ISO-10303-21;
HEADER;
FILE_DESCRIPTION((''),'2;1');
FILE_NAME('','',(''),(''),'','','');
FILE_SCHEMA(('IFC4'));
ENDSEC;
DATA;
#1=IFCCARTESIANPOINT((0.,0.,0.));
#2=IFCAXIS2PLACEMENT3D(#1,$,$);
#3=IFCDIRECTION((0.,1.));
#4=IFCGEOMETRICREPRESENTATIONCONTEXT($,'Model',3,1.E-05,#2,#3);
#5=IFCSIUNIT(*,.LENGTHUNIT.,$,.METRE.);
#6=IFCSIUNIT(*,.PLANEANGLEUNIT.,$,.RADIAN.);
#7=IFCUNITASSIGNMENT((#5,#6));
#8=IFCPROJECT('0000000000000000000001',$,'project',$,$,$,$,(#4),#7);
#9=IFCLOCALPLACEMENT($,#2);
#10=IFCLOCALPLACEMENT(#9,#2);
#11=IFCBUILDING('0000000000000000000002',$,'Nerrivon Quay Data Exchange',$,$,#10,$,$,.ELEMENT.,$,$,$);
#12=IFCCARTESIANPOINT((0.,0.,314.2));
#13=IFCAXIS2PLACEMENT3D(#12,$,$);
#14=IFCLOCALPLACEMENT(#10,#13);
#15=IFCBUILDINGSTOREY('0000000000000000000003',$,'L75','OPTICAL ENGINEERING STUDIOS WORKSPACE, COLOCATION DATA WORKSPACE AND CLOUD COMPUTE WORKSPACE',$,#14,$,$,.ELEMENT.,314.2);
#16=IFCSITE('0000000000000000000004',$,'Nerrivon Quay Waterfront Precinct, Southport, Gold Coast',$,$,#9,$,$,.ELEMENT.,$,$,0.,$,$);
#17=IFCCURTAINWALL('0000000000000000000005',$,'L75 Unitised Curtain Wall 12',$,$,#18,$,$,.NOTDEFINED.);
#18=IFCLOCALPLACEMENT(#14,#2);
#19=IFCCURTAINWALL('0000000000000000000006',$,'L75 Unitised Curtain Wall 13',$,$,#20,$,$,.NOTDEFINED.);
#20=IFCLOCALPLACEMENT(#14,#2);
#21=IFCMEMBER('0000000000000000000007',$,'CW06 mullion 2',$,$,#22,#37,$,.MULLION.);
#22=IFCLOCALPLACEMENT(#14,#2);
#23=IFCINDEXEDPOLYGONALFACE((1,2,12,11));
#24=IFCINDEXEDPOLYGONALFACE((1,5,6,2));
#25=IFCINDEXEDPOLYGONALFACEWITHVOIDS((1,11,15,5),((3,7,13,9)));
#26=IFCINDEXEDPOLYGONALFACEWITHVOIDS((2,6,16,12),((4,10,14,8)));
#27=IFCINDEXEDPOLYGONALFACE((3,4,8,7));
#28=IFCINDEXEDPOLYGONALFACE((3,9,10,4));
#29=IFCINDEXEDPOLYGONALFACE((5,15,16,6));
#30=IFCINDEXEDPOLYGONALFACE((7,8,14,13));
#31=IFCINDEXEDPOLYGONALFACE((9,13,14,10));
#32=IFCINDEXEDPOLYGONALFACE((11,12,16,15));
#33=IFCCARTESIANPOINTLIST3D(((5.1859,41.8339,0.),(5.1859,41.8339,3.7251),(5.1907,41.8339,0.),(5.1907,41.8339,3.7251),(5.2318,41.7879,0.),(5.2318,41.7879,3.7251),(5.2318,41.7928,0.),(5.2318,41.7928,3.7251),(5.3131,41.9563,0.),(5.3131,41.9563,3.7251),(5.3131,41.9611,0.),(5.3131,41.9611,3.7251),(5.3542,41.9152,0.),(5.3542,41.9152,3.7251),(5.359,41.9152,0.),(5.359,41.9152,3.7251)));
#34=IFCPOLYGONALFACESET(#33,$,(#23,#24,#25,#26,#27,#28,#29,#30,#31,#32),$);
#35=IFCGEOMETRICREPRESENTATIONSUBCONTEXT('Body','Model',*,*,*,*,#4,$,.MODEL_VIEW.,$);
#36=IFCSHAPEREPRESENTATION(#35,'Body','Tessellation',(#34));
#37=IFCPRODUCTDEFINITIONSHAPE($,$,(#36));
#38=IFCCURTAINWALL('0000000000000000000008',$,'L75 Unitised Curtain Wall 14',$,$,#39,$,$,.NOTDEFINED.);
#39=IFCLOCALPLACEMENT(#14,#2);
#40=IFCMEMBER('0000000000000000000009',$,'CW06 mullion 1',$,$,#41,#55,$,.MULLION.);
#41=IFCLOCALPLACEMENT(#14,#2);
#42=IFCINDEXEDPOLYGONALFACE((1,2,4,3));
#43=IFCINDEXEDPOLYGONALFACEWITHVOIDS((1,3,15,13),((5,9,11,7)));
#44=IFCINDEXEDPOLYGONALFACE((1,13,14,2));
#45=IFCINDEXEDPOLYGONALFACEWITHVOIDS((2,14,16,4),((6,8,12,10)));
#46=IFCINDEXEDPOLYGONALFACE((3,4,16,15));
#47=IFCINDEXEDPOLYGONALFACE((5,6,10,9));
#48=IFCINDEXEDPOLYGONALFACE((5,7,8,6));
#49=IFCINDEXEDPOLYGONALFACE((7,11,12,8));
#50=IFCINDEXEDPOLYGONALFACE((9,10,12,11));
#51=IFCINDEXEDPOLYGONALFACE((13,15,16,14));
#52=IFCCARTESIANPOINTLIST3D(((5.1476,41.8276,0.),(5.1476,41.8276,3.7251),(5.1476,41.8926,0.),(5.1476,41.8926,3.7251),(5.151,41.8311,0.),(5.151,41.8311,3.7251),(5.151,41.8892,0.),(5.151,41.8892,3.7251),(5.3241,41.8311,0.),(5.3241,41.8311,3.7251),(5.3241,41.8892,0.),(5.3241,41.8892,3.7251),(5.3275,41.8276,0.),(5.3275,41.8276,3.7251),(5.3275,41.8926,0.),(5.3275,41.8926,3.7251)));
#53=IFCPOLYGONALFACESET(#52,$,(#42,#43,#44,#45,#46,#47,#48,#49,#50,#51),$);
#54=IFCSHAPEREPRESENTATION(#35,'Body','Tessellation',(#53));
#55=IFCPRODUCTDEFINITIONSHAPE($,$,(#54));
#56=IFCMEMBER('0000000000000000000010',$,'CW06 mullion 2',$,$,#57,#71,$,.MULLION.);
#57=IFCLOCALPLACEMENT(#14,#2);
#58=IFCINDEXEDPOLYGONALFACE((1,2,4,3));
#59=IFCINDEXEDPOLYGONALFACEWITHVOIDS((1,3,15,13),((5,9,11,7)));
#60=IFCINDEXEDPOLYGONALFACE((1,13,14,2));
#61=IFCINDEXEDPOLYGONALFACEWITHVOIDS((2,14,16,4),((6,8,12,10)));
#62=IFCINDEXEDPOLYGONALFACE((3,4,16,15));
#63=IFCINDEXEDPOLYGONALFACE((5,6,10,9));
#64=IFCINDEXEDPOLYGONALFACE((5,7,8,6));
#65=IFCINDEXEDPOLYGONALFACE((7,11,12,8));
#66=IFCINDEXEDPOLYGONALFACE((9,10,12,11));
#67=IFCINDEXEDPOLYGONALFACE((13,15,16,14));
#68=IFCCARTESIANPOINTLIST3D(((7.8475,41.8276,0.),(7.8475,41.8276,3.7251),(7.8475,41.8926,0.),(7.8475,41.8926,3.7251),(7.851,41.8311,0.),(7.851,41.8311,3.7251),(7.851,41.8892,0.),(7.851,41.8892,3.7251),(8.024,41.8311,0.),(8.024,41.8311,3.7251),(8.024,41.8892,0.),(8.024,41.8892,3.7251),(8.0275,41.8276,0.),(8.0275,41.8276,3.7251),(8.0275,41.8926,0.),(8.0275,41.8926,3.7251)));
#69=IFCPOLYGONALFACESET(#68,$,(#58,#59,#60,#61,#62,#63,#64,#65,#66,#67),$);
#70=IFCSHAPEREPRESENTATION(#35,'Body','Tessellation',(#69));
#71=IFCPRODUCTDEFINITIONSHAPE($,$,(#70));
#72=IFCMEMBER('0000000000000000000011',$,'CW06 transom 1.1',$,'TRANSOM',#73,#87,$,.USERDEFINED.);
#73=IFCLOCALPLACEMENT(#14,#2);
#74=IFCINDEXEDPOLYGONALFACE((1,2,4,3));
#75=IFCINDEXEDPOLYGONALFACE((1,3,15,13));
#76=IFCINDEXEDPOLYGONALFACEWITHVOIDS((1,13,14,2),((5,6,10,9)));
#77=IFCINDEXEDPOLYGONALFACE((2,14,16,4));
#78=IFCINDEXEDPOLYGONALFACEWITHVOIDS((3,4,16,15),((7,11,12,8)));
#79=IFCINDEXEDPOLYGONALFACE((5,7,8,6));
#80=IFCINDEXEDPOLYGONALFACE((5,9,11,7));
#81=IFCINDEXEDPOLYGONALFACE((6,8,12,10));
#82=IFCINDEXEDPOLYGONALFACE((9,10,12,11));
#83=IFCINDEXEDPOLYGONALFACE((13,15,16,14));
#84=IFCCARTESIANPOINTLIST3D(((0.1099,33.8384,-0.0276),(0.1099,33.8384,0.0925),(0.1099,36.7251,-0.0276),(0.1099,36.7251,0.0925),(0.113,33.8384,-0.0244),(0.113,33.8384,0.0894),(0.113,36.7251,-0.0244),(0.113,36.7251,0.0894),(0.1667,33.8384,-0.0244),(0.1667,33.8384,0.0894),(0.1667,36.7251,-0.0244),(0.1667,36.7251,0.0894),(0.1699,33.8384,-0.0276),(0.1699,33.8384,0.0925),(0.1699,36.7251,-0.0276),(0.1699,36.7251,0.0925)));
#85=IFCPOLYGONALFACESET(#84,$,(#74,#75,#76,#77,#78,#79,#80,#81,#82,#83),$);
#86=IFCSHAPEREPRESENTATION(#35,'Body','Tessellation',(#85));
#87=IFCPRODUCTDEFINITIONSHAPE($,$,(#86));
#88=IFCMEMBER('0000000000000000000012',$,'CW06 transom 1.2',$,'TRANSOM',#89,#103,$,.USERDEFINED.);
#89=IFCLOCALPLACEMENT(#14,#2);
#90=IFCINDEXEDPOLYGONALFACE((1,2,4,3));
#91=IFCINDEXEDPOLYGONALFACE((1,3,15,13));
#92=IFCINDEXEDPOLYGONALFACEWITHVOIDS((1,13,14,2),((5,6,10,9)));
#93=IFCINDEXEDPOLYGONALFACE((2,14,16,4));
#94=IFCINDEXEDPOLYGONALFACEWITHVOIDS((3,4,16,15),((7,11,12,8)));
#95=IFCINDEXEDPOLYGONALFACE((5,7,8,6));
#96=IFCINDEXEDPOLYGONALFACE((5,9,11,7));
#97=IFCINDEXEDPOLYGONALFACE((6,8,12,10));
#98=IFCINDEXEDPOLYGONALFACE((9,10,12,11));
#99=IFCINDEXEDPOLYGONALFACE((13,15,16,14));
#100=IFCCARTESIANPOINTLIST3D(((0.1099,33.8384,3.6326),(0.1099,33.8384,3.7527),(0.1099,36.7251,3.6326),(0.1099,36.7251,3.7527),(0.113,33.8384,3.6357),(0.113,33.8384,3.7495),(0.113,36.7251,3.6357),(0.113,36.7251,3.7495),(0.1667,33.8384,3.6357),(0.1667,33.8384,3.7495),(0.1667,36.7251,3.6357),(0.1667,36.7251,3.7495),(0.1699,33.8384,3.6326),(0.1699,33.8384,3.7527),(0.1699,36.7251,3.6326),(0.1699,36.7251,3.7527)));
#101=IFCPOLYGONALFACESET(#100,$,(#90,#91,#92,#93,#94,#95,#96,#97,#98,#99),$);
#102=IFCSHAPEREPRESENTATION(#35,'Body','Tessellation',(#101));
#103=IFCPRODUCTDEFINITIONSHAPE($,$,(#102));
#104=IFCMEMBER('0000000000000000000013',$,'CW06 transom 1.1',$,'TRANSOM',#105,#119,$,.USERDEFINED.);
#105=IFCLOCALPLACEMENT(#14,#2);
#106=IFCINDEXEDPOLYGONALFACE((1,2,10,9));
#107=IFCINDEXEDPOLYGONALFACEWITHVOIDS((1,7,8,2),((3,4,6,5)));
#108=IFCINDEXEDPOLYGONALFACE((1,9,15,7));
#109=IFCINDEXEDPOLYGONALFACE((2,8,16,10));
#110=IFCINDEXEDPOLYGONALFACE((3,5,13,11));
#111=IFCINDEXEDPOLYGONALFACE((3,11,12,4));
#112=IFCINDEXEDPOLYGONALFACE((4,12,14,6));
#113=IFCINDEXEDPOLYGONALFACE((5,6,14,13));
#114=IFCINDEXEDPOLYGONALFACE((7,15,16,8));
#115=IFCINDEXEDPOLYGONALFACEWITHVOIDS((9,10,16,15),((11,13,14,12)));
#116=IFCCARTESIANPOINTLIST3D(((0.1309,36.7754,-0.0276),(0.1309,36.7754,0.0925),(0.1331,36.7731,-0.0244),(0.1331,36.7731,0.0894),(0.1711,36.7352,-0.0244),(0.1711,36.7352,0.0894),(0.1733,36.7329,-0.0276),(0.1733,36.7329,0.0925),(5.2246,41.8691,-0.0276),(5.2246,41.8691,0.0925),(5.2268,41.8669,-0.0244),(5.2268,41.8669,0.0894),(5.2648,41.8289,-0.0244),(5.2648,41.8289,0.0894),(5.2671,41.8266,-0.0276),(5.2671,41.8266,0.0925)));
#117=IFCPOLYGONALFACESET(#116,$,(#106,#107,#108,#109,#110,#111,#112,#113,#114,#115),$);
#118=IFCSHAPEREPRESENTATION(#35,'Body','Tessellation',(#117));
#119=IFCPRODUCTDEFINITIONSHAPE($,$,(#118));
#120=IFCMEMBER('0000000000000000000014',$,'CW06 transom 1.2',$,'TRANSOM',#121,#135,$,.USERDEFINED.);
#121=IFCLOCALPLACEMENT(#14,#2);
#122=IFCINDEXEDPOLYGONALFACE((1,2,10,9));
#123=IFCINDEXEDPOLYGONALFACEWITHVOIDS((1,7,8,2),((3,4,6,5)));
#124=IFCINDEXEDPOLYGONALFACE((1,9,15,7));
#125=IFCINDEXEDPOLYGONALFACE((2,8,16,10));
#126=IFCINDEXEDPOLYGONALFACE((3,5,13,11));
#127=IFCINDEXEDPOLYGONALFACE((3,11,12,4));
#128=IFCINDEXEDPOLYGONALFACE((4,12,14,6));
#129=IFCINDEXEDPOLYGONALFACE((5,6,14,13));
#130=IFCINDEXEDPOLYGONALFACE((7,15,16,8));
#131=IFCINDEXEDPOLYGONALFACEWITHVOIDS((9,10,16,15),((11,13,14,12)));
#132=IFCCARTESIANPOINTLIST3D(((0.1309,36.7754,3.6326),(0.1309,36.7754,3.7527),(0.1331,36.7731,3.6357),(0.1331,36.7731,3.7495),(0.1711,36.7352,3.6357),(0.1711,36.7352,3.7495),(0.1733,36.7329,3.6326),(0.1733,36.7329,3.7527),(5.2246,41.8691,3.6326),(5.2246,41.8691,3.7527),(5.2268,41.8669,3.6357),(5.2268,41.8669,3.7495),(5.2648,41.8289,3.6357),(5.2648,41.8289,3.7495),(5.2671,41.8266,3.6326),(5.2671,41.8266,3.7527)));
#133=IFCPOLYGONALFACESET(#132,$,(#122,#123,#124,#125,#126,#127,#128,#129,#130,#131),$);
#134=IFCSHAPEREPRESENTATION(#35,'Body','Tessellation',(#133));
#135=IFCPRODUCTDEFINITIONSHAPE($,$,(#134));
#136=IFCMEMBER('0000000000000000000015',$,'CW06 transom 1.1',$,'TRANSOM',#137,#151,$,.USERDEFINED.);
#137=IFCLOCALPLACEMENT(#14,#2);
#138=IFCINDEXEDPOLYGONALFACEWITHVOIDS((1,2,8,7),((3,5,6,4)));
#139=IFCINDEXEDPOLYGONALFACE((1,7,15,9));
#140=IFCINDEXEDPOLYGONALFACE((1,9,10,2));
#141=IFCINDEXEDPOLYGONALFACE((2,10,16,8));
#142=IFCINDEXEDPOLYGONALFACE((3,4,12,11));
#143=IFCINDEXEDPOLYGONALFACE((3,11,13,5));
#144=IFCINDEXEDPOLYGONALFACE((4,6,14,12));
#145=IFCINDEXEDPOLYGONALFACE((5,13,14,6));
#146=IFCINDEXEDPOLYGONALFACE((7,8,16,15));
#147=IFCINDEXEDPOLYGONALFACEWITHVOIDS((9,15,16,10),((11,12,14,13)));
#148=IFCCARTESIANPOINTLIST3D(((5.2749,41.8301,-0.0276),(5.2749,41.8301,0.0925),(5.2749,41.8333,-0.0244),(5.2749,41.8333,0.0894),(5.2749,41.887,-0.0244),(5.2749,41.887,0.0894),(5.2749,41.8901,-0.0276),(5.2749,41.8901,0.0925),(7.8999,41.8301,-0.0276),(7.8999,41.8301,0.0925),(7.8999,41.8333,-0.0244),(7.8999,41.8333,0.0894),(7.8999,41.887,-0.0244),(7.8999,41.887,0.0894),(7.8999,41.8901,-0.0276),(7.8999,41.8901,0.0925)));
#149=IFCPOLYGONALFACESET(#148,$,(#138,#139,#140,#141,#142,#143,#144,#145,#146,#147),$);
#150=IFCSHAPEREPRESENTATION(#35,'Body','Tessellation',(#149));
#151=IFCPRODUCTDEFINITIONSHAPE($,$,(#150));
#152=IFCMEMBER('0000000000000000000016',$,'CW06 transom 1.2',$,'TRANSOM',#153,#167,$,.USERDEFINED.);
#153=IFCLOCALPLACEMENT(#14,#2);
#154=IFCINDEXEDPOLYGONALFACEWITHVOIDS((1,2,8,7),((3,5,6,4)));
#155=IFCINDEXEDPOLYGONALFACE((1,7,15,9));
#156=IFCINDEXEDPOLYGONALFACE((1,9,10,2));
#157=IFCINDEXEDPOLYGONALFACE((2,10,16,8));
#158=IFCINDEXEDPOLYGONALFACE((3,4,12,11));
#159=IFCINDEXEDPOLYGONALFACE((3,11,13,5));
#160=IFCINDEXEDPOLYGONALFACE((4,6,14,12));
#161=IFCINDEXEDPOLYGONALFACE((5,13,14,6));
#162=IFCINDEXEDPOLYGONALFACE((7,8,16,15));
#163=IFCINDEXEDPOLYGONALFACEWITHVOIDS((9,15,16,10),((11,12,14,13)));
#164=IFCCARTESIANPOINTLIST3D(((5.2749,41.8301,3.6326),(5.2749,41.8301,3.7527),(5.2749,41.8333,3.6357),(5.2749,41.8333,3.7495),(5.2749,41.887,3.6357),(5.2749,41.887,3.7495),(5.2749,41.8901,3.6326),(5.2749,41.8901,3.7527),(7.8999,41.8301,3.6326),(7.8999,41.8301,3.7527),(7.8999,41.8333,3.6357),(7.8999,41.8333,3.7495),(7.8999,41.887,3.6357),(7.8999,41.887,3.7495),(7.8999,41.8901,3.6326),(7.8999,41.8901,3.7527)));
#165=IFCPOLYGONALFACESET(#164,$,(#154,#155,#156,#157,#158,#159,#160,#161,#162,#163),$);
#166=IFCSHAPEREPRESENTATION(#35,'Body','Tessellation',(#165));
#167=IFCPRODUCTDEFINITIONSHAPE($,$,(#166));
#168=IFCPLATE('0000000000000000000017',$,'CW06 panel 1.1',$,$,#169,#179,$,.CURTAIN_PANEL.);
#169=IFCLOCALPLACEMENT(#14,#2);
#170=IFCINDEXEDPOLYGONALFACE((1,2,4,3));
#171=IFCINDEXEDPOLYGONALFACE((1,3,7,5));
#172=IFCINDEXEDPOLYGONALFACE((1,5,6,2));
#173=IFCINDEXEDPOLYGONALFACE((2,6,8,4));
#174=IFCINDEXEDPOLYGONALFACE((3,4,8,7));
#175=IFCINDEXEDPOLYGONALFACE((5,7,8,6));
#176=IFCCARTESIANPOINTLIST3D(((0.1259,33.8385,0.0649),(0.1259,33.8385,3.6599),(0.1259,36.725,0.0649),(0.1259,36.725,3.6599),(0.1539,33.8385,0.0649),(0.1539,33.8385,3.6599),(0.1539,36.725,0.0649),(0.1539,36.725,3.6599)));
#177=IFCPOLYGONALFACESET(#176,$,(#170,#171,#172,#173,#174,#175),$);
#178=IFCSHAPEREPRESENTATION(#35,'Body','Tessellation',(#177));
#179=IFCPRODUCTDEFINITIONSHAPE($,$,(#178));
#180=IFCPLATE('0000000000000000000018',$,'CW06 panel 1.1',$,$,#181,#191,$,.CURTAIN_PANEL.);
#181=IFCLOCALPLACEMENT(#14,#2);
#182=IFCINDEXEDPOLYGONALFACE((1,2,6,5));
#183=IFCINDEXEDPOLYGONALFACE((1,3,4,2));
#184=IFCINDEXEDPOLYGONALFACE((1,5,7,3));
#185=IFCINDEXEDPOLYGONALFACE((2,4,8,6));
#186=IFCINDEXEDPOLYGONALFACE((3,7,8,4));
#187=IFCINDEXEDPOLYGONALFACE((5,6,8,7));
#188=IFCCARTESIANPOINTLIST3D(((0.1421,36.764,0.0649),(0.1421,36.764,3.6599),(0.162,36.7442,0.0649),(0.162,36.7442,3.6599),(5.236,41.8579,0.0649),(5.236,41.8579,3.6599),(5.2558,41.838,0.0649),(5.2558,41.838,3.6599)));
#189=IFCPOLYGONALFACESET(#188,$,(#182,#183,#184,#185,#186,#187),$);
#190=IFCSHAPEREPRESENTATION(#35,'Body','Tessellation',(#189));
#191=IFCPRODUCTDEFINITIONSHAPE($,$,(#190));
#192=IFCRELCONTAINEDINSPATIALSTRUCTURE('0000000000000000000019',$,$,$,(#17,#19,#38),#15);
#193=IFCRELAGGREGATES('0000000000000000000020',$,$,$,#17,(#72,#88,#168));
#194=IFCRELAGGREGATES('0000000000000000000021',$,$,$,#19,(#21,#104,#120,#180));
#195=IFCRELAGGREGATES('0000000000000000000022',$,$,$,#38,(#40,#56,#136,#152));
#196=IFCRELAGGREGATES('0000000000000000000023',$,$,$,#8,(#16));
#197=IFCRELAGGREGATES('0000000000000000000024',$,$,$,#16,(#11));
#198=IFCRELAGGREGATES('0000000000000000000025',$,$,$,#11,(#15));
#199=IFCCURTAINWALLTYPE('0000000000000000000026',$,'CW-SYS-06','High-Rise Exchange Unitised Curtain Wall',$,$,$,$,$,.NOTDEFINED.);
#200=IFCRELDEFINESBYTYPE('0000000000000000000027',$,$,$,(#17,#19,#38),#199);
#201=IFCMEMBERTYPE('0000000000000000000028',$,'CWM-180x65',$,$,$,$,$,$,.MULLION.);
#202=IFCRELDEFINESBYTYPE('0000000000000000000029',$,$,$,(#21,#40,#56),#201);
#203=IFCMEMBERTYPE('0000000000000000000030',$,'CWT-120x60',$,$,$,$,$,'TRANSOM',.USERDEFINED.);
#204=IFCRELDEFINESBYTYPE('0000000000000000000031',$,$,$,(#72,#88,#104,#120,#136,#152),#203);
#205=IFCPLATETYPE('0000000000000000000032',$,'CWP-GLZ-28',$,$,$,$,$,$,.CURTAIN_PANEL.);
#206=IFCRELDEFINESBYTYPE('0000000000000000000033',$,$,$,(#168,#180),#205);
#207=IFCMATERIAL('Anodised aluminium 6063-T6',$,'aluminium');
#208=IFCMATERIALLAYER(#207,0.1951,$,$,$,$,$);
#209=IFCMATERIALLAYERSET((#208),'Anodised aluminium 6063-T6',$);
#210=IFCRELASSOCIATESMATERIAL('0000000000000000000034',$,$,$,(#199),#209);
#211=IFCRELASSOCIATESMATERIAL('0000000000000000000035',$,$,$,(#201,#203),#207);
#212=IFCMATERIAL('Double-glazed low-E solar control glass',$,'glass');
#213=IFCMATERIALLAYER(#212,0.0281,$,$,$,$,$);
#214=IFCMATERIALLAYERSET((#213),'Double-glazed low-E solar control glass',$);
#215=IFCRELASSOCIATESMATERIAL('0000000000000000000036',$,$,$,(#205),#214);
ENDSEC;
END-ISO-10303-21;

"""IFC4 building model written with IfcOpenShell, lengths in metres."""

from ifc_helpers import new_model, si_unit, direction, frame, origin, origin_2d, place, context, subcontext, project, spatial, rectangle, hollow_rectangle, extrude, material, layer, layer_set, material_profile, profile_set, type_object, element, aggregate, save


model = new_model("IFC4")

# Units and contexts
model_context = context("Model", 3, precision=1e-05, world=origin(), true_north=direction((0.0, 1.0)))
body_context = subcontext(model_context, "Body", "Model", "MODEL_VIEW")
ifc_project = project(units=[si_unit("LENGTHUNIT", "METRE"), si_unit("PLANEANGLEUNIT", "RADIAN")], contexts=[model_context])

# Site, building, storey
site_placement = place(None, origin())
site = spatial("IfcSite", under=ifc_project, at=site_placement, Name="Nerrivon Quay Waterfront Precinct, Southport, Gold Coast", CompositionType="ELEMENT", RefElevation=0.0)
building_placement = place(site_placement, origin())
building = spatial("IfcBuilding", under=site, at=building_placement, Name="Nerrivon Quay Data Exchange", CompositionType="ELEMENT")
storey_placement = place(building_placement, frame((0.0, 0.0, 314.2)))
storey = spatial("IfcBuildingStorey", under=building, at=storey_placement, Name="L75", Description="OPTICAL ENGINEERING STUDIOS WORKSPACE, COLOCATION DATA WORKSPACE AND CLOUD COMPUTE WORKSPACE", CompositionType="ELEMENT", Elevation=314.2)

# Shared definitions
ifc_material_1 = material(Name="Anodised aluminium 6063-T6", Category="aluminium")
ifc_layer_1 = layer(ifc_material_1, 0.1951)
ifc_layer_set_1 = layer_set([ifc_layer_1], Name="Anodised aluminium 6063-T6")
curtain_wall_type = type_object("IfcCurtainWallType", Name="CW-SYS-06", Description="High-Rise Exchange Unitised Curtain Wall", PredefinedType="NOTDEFINED", material=ifc_layer_set_1)
ifc_material_profile_1 = material_profile(ifc_material_1, hollow_rectangle(XDim=0.0649, YDim=0.1799, WallThickness=0.0034, at=origin_2d()), Name="ALU-MULL-180x65")
ifc_profile_set_1 = profile_set([ifc_material_profile_1], Name="Anodised aluminium 6063-T6")
member_type_1 = type_object("IfcMemberType", Name="CWM-180x65", PredefinedType="MULLION", material=ifc_profile_set_1)

# Curtain walls, members
curtain_wall_1_placement = place(storey_placement, origin())
curtain_wall_1 = element("IfcCurtainWall", 1, at=curtain_wall_1_placement, inside=storey, type_object=curtain_wall_type, Name="L75 Unitised Curtain Wall 12", PredefinedType="NOTDEFINED")
curtain_wall_2_placement = place(storey_placement, origin())
curtain_wall_2 = element("IfcCurtainWall", 2, at=curtain_wall_2_placement, inside=storey, type_object=curtain_wall_type, Name="L75 Unitised Curtain Wall 13", PredefinedType="NOTDEFINED")
member_1_placement = place(storey_placement, frame((5.2725, 41.8745, 0.0), z_axis=(0.0, 0.0, 1.0), x_axis=(-0.707107, 0.707107, 0.0)))
member_1 = element("IfcMember", 3, at=member_1_placement, type_object=member_type_1, Name="CW06 mullion 2", PredefinedType="MULLION", context=body_context, shape_type="SweptSolid", body=[
    extrude(hollow_rectangle(XDim=0.0649, YDim=0.1799, WallThickness=0.0034, at=origin_2d()), origin(), (0.0, 0.0, 1.0), 3.7251),
])
curtain_wall_3_placement = place(storey_placement, origin())
curtain_wall_3 = element("IfcCurtainWall", 4, at=curtain_wall_3_placement, inside=storey, type_object=curtain_wall_type, Name="L75 Unitised Curtain Wall 14", PredefinedType="NOTDEFINED")
member_2_placement = place(storey_placement, frame((5.2375, 41.8601, 0.0), z_axis=(0.0, 0.0, 1.0), x_axis=(0.0, 1.0, 0.0)))
member_2 = element("IfcMember", 5, at=member_2_placement, type_object=member_type_1, Name="CW06 mullion 1", PredefinedType="MULLION", context=body_context, shape_type="SweptSolid", body=[
    extrude(hollow_rectangle(XDim=0.0649, YDim=0.1799, WallThickness=0.0034, at=origin_2d()), origin(), (0.0, 0.0, 1.0), 3.7251),
])
member_3_placement = place(storey_placement, frame((7.9375, 41.8601, 0.0), z_axis=(0.0, 0.0, 1.0), x_axis=(0.0, 1.0, 0.0)))
member_3 = element("IfcMember", 6, at=member_3_placement, type_object=member_type_1, Name="CW06 mullion 2", PredefinedType="MULLION", context=body_context, shape_type="SweptSolid", body=[
    extrude(hollow_rectangle(XDim=0.0649, YDim=0.1799, WallThickness=0.0034, at=origin_2d()), origin(), (0.0, 0.0, 1.0), 3.7251),
])

# Members
ifc_material_profile_2 = material_profile(ifc_material_1, hollow_rectangle(XDim=0.0601, YDim=0.1201, WallThickness=0.0032, at=origin_2d()), Name="ALU-TRAN-120x60")
ifc_profile_set_2 = profile_set([ifc_material_profile_2], Name="Anodised aluminium 6063-T6")
member_type_2 = type_object("IfcMemberType", Name="CWT-120x60", ElementType="TRANSOM", PredefinedType="USERDEFINED", material=ifc_profile_set_2)
member_4_placement = place(storey_placement, frame((0.1399, 33.8384, 0.0325), z_axis=(0.0, 1.0, 0.0), x_axis=(-1.0, 0.0, 0.0)))
member_4 = element("IfcMember", 7, at=member_4_placement, type_object=member_type_2, Name="CW06 transom 1.1", ObjectType="TRANSOM", PredefinedType="USERDEFINED", context=body_context, shape_type="SweptSolid", body=[
    extrude(hollow_rectangle(XDim=0.0601, YDim=0.1201, WallThickness=0.0032, at=origin_2d()), origin(), (0.0, 0.0, 1.0), 2.8867),
])
member_5_placement = place(storey_placement, frame((0.1399, 33.8384, 3.6926), z_axis=(0.0, 1.0, 0.0), x_axis=(-1.0, 0.0, 0.0)))
member_5 = element("IfcMember", 8, at=member_5_placement, type_object=member_type_2, Name="CW06 transom 1.2", ObjectType="TRANSOM", PredefinedType="USERDEFINED", context=body_context, shape_type="SweptSolid", body=[
    extrude(hollow_rectangle(XDim=0.0601, YDim=0.1201, WallThickness=0.0032, at=origin_2d()), origin(), (0.0, 0.0, 1.0), 2.8867),
])
member_6_placement = place(storey_placement, frame((0.1521, 36.7542, 0.0325), z_axis=(0.707107, 0.707107, 0.0), x_axis=(-0.707107, 0.707107, 0.0)))
member_6 = element("IfcMember", 9, at=member_6_placement, type_object=member_type_2, Name="CW06 transom 1.1", ObjectType="TRANSOM", PredefinedType="USERDEFINED", context=body_context, shape_type="SweptSolid", body=[
    extrude(hollow_rectangle(XDim=0.0601, YDim=0.1201, WallThickness=0.0032, at=origin_2d()), origin(), (0.0, 0.0, 1.0), 7.2036),
])
member_7_placement = place(storey_placement, frame((0.1521, 36.7542, 3.6926), z_axis=(0.707107, 0.707107, 0.0), x_axis=(-0.707107, 0.707107, 0.0)))
member_7 = element("IfcMember", 10, at=member_7_placement, type_object=member_type_2, Name="CW06 transom 1.2", ObjectType="TRANSOM", PredefinedType="USERDEFINED", context=body_context, shape_type="SweptSolid", body=[
    extrude(hollow_rectangle(XDim=0.0601, YDim=0.1201, WallThickness=0.0032, at=origin_2d()), origin(), (0.0, 0.0, 1.0), 7.2036),
])
member_8_placement = place(storey_placement, frame((5.2749, 41.8601, 0.0325), z_axis=(1.0, 0.0, 0.0), x_axis=(0.0, 1.0, 0.0)))
member_8 = element("IfcMember", 11, at=member_8_placement, type_object=member_type_2, Name="CW06 transom 1.1", ObjectType="TRANSOM", PredefinedType="USERDEFINED", context=body_context, shape_type="SweptSolid", body=[
    extrude(hollow_rectangle(XDim=0.0601, YDim=0.1201, WallThickness=0.0032, at=origin_2d()), origin(), (0.0, 0.0, 1.0), 2.625),
])
member_9_placement = place(storey_placement, frame((5.2749, 41.8601, 3.6926), z_axis=(1.0, 0.0, 0.0), x_axis=(0.0, 1.0, 0.0)))
member_9 = element("IfcMember", 12, at=member_9_placement, type_object=member_type_2, Name="CW06 transom 1.2", ObjectType="TRANSOM", PredefinedType="USERDEFINED", context=body_context, shape_type="SweptSolid", body=[
    extrude(hollow_rectangle(XDim=0.0601, YDim=0.1201, WallThickness=0.0032, at=origin_2d()), origin(), (0.0, 0.0, 1.0), 2.625),
])

# Plates
ifc_material_2 = material(Name="Double-glazed low-E solar control glass", Category="glass")
ifc_layer_2 = layer(ifc_material_2, 0.0281)
ifc_layer_set_2 = layer_set([ifc_layer_2], Name="Double-glazed low-E solar control glass")
plate_type = type_object("IfcPlateType", Name="CWP-GLZ-28", PredefinedType="CURTAIN_PANEL", material=ifc_layer_set_2)
plate_1_placement = place(storey_placement, frame((0.1399, 35.2817, 0.0649), z_axis=(0.0, 0.0, 1.0), x_axis=(0.0, 1.0, 0.0)))
plate_1 = element("IfcPlate", 13, at=plate_1_placement, type_object=plate_type, Name="CW06 panel 1.1", PredefinedType="CURTAIN_PANEL", context=body_context, shape_type="SweptSolid", body=[
    extrude(rectangle(XDim=2.8865, YDim=0.0281, at=origin_2d()), origin(), (0.0, 0.0, 1.0), 3.595),
])
aggregate(curtain_wall_1, [member_4, member_5, plate_1])
plate_2_placement = place(storey_placement, frame((2.699, 39.301, 0.0649), z_axis=(0.0, 0.0, 1.0), x_axis=(0.707107, 0.707107, 0.0)))
plate_2 = element("IfcPlate", 14, at=plate_2_placement, type_object=plate_type, Name="CW06 panel 1.1", PredefinedType="CURTAIN_PANEL", context=body_context, shape_type="SweptSolid", body=[
    extrude(rectangle(XDim=7.2039, YDim=0.0281, at=origin_2d()), origin(), (0.0, 0.0, 1.0), 3.595),
])
aggregate(curtain_wall_2, [member_1, member_6, member_7, plate_2])
aggregate(curtain_wall_3, [member_2, member_3, member_8, member_9])

save(model, "model.ifc")
